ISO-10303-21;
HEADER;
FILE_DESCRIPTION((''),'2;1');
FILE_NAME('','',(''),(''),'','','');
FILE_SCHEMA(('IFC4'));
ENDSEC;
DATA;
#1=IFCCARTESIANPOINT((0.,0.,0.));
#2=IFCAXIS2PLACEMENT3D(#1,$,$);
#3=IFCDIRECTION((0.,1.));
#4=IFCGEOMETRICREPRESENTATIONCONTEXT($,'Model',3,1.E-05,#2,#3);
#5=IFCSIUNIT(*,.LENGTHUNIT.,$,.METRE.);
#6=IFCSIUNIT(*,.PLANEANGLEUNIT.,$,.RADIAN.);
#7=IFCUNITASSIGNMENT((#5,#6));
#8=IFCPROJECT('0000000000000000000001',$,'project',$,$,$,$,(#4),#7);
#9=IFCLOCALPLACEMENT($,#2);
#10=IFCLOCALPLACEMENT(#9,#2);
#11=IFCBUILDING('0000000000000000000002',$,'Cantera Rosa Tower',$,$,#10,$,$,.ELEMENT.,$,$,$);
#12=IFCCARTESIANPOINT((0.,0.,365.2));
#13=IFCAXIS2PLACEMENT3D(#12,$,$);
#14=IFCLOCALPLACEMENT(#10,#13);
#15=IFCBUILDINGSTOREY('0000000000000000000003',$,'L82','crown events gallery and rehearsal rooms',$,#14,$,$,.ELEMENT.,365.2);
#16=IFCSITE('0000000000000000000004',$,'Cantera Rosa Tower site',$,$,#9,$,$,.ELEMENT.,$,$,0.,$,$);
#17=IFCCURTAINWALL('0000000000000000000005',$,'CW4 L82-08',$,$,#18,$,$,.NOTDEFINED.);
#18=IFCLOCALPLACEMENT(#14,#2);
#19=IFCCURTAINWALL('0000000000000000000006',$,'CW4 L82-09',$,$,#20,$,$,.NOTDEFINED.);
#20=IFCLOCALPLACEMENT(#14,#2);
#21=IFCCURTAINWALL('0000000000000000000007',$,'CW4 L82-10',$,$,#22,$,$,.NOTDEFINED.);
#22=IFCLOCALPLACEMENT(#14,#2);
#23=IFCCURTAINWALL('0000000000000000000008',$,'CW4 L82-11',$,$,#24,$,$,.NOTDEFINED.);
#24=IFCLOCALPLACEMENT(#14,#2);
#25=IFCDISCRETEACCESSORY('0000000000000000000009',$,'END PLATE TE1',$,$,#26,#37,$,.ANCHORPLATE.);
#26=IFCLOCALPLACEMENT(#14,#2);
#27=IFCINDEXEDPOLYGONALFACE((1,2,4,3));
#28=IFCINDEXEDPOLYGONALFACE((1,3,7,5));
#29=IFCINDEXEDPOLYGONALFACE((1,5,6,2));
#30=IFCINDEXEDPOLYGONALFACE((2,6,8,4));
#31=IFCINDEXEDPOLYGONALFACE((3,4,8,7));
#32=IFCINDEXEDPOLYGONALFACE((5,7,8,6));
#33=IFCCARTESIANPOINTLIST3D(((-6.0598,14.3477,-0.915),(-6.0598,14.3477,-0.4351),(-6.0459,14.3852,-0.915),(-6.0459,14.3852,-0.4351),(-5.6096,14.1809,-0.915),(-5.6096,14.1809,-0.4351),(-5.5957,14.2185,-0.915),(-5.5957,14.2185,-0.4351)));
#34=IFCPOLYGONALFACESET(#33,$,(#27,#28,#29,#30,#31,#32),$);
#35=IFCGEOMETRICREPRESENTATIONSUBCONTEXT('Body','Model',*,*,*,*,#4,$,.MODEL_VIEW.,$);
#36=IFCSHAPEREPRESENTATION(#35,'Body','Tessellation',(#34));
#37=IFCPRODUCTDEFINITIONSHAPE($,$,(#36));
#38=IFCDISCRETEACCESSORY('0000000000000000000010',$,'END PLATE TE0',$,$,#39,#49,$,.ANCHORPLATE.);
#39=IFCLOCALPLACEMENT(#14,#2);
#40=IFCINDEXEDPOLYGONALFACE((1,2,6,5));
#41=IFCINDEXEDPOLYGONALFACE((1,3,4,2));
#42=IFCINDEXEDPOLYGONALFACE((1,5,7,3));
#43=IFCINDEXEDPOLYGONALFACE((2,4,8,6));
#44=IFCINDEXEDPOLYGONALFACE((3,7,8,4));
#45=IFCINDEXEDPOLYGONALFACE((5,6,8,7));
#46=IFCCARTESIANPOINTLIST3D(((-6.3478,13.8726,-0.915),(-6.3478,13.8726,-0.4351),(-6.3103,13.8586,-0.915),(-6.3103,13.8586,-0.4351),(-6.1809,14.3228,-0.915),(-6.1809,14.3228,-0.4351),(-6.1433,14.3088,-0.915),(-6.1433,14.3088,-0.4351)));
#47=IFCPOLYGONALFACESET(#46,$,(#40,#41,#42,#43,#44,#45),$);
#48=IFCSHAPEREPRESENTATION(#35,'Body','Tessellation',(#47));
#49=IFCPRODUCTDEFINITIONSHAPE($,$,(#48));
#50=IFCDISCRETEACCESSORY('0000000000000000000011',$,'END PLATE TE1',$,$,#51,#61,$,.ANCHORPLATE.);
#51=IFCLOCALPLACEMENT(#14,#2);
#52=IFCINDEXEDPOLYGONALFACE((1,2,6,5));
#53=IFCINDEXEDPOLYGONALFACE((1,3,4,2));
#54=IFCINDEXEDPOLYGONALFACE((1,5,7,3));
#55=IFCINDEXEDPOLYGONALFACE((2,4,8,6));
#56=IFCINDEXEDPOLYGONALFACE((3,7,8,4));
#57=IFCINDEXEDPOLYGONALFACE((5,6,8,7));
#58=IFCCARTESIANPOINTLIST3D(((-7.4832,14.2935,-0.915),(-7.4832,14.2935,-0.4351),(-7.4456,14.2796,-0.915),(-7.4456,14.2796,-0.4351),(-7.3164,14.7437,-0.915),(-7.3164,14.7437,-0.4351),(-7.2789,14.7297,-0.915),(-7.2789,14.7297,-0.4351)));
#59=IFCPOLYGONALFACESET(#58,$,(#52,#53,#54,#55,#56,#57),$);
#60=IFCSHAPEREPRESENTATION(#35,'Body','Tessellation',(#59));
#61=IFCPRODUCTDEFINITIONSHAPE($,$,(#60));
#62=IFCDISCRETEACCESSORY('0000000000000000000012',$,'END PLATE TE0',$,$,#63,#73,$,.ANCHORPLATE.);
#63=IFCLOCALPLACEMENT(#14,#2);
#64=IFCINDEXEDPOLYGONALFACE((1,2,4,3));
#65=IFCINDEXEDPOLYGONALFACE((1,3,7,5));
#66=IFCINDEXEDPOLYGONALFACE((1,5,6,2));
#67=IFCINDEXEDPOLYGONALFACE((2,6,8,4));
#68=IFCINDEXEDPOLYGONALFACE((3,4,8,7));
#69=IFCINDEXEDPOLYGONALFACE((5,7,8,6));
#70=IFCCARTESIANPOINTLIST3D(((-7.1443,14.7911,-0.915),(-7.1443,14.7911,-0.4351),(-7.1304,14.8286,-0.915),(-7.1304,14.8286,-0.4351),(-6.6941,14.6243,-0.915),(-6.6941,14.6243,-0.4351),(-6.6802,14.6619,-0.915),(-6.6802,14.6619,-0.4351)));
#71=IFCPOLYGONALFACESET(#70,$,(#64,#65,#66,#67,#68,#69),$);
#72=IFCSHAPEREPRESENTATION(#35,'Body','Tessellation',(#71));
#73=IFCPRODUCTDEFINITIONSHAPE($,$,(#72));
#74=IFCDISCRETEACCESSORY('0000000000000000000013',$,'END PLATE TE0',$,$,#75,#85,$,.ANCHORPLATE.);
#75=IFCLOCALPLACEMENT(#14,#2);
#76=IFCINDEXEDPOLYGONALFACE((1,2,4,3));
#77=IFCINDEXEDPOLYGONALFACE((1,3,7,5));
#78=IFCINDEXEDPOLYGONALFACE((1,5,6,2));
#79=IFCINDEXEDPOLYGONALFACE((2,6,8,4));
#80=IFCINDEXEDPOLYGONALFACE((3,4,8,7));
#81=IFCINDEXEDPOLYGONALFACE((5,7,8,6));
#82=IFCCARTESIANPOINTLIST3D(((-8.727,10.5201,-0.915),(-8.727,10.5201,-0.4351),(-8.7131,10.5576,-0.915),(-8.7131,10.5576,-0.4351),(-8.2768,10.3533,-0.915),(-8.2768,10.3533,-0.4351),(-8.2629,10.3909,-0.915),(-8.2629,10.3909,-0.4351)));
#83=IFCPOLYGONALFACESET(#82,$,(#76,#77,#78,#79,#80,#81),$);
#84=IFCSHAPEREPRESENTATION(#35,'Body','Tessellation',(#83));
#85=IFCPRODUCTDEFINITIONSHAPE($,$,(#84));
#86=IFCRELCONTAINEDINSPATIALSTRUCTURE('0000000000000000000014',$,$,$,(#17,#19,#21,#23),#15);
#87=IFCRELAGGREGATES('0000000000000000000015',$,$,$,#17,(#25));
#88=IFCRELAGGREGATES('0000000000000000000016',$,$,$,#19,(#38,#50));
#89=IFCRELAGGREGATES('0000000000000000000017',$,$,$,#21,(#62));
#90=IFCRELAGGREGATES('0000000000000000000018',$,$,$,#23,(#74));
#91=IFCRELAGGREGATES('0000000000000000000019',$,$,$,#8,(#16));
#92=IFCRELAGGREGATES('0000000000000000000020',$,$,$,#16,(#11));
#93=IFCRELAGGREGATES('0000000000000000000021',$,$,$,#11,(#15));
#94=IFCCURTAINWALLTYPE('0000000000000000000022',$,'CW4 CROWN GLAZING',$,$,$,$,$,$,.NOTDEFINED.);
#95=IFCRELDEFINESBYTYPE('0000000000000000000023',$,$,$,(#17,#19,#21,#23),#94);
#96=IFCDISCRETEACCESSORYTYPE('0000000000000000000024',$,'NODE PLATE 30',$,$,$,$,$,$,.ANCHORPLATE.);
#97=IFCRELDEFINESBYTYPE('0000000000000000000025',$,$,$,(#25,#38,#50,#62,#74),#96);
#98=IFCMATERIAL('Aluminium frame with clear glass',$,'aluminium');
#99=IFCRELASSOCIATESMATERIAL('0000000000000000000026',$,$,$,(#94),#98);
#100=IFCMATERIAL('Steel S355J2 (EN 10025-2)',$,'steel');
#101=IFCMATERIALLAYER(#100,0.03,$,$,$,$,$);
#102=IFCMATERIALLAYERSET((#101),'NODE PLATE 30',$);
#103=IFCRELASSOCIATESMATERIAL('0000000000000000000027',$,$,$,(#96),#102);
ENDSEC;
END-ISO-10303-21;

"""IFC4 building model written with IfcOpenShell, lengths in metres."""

from ifc_helpers import new_model, si_unit, direction, frame, origin, place, context, subcontext, project, spatial, polyline, outline, extrude, material, layer, layer_set, type_object, element, aggregate, save


model = new_model("IFC4")

# Units and contexts
model_context = context("Model", 3, precision=1e-05, world=origin(), true_north=direction((0.0, 1.0)))
body_context = subcontext(model_context, "Body", "Model", "MODEL_VIEW")
ifc_project = project(units=[si_unit("LENGTHUNIT", "METRE"), si_unit("PLANEANGLEUNIT", "RADIAN")], contexts=[model_context])

# Site, building, storey
site_placement = place(None, origin())
site = spatial("IfcSite", under=ifc_project, at=site_placement, Name="Cantera Rosa Tower site", CompositionType="ELEMENT", RefElevation=0.0)
building_placement = place(site_placement, origin())
building = spatial("IfcBuilding", under=site, at=building_placement, Name="Cantera Rosa Tower", CompositionType="ELEMENT")
storey_placement = place(building_placement, frame((0.0, 0.0, 365.2)))
storey = spatial("IfcBuildingStorey", under=building, at=storey_placement, Name="L82", Description="crown events gallery and rehearsal rooms", CompositionType="ELEMENT", Elevation=365.2)

# Curtain walls
ifc_material_1 = material(Name="Aluminium frame with clear glass", Category="aluminium")
curtain_wall_type = type_object("IfcCurtainWallType", Name="CW4 CROWN GLAZING", PredefinedType="NOTDEFINED", material=ifc_material_1)
curtain_wall_1_placement = place(storey_placement, origin())
curtain_wall_1 = element("IfcCurtainWall", 1, at=curtain_wall_1_placement, inside=storey, type_object=curtain_wall_type, Name="CW4 L82-08", PredefinedType="NOTDEFINED")
curtain_wall_2_placement = place(storey_placement, origin())
curtain_wall_2 = element("IfcCurtainWall", 2, at=curtain_wall_2_placement, inside=storey, type_object=curtain_wall_type, Name="CW4 L82-09", PredefinedType="NOTDEFINED")
curtain_wall_3_placement = place(storey_placement, origin())
curtain_wall_3 = element("IfcCurtainWall", 3, at=curtain_wall_3_placement, inside=storey, type_object=curtain_wall_type, Name="CW4 L82-10", PredefinedType="NOTDEFINED")
curtain_wall_4_placement = place(storey_placement, origin())
curtain_wall_4 = element("IfcCurtainWall", 4, at=curtain_wall_4_placement, inside=storey, type_object=curtain_wall_type, Name="CW4 L82-11", PredefinedType="NOTDEFINED")

# Shared definitions
ifc_material_2 = material(Name="Steel S355J2 (EN 10025-2)", Category="steel")
ifc_layer_1 = layer(ifc_material_2, 0.03)
ifc_layer_set_1 = layer_set([ifc_layer_1], Name="NODE PLATE 30")
discrete_accessory_type = type_object("IfcDiscreteAccessoryType", Name="NODE PLATE 30", PredefinedType="ANCHORPLATE", material=ifc_layer_set_1)

# Discrete accessories
discrete_accessory_1_placement = place(storey_placement, frame((-5.6096, 14.1809, -0.4351), z_axis=(-0.347331, -0.937743, 0.0), x_axis=(-0.937743, 0.347331, 0.0)))
discrete_accessory_1 = element("IfcDiscreteAccessory", 5, at=discrete_accessory_1_placement, type_object=discrete_accessory_type, Name="END PLATE TE1", PredefinedType="ANCHORPLATE", context=body_context, shape_type="SweptSolid", body=[
    extrude(outline(polyline([(0.0, 0.0), (0.4801, 0.0), (0.4801, 0.48), (0.0, 0.48), (0.0, 0.0)])), origin(), (0.0, 0.0, -1.0), 0.04),
])
aggregate(curtain_wall_1, [discrete_accessory_1])
discrete_accessory_2_placement = place(storey_placement, frame((-6.1433, 14.3088, -0.4351), z_axis=(0.937577, -0.347778, 0.0), x_axis=(-0.347778, -0.937577, 0.0)))
discrete_accessory_2 = element("IfcDiscreteAccessory", 6, at=discrete_accessory_2_placement, type_object=discrete_accessory_type, Name="END PLATE TE0", PredefinedType="ANCHORPLATE", context=body_context, shape_type="SweptSolid", body=[
    extrude(outline(polyline([(0.0, 0.0), (0.4802, 0.0), (0.4802, 0.48), (0.0, 0.48), (0.0, 0.0)])), origin(), (0.0, 0.0, -1.0), 0.04),
])
discrete_accessory_3_placement = place(storey_placement, frame((-7.4832, 14.2935, -0.4351), z_axis=(-0.937743, 0.347331, 0.0), x_axis=(0.347331, 0.937743, 0.0)))
discrete_accessory_3 = element("IfcDiscreteAccessory", 7, at=discrete_accessory_3_placement, type_object=discrete_accessory_type, Name="END PLATE TE1", PredefinedType="ANCHORPLATE", context=body_context, shape_type="SweptSolid", body=[
    extrude(outline(polyline([(0.0, 0.0), (0.4801, 0.0), (0.4801, 0.48), (0.0, 0.48), (0.0, 0.0)])), origin(), (0.0, 0.0, -1.0), 0.04),
])
aggregate(curtain_wall_2, [discrete_accessory_2, discrete_accessory_3])
discrete_accessory_4_placement = place(storey_placement, frame((-7.1304, 14.8286, -0.4351), z_axis=(0.347331, 0.937743, 0.0), x_axis=(0.937743, -0.347331, 0.0)))
discrete_accessory_4 = element("IfcDiscreteAccessory", 8, at=discrete_accessory_4_placement, type_object=discrete_accessory_type, Name="END PLATE TE0", PredefinedType="ANCHORPLATE", context=body_context, shape_type="SweptSolid", body=[
    extrude(outline(polyline([(0.0, 0.0), (0.4801, 0.0), (0.4801, 0.48), (0.0, 0.48), (0.0, 0.0)])), origin(), (0.0, 0.0, -1.0), 0.04),
])
aggregate(curtain_wall_3, [discrete_accessory_4])
discrete_accessory_5_placement = place(storey_placement, frame((-8.7131, 10.5576, -0.4351), z_axis=(0.347331, 0.937743, 0.0), x_axis=(0.937743, -0.347331, 0.0)))
discrete_accessory_5 = element("IfcDiscreteAccessory", 9, at=discrete_accessory_5_placement, type_object=discrete_accessory_type, Name="END PLATE TE0", PredefinedType="ANCHORPLATE", context=body_context, shape_type="SweptSolid", body=[
    extrude(outline(polyline([(0.0, 0.0), (0.4801, 0.0), (0.4801, 0.48), (0.0, 0.48), (0.0, 0.0)])), origin(), (0.0, 0.0, -1.0), 0.04),
])
aggregate(curtain_wall_4, [discrete_accessory_5])

save(model, "model.ifc")
